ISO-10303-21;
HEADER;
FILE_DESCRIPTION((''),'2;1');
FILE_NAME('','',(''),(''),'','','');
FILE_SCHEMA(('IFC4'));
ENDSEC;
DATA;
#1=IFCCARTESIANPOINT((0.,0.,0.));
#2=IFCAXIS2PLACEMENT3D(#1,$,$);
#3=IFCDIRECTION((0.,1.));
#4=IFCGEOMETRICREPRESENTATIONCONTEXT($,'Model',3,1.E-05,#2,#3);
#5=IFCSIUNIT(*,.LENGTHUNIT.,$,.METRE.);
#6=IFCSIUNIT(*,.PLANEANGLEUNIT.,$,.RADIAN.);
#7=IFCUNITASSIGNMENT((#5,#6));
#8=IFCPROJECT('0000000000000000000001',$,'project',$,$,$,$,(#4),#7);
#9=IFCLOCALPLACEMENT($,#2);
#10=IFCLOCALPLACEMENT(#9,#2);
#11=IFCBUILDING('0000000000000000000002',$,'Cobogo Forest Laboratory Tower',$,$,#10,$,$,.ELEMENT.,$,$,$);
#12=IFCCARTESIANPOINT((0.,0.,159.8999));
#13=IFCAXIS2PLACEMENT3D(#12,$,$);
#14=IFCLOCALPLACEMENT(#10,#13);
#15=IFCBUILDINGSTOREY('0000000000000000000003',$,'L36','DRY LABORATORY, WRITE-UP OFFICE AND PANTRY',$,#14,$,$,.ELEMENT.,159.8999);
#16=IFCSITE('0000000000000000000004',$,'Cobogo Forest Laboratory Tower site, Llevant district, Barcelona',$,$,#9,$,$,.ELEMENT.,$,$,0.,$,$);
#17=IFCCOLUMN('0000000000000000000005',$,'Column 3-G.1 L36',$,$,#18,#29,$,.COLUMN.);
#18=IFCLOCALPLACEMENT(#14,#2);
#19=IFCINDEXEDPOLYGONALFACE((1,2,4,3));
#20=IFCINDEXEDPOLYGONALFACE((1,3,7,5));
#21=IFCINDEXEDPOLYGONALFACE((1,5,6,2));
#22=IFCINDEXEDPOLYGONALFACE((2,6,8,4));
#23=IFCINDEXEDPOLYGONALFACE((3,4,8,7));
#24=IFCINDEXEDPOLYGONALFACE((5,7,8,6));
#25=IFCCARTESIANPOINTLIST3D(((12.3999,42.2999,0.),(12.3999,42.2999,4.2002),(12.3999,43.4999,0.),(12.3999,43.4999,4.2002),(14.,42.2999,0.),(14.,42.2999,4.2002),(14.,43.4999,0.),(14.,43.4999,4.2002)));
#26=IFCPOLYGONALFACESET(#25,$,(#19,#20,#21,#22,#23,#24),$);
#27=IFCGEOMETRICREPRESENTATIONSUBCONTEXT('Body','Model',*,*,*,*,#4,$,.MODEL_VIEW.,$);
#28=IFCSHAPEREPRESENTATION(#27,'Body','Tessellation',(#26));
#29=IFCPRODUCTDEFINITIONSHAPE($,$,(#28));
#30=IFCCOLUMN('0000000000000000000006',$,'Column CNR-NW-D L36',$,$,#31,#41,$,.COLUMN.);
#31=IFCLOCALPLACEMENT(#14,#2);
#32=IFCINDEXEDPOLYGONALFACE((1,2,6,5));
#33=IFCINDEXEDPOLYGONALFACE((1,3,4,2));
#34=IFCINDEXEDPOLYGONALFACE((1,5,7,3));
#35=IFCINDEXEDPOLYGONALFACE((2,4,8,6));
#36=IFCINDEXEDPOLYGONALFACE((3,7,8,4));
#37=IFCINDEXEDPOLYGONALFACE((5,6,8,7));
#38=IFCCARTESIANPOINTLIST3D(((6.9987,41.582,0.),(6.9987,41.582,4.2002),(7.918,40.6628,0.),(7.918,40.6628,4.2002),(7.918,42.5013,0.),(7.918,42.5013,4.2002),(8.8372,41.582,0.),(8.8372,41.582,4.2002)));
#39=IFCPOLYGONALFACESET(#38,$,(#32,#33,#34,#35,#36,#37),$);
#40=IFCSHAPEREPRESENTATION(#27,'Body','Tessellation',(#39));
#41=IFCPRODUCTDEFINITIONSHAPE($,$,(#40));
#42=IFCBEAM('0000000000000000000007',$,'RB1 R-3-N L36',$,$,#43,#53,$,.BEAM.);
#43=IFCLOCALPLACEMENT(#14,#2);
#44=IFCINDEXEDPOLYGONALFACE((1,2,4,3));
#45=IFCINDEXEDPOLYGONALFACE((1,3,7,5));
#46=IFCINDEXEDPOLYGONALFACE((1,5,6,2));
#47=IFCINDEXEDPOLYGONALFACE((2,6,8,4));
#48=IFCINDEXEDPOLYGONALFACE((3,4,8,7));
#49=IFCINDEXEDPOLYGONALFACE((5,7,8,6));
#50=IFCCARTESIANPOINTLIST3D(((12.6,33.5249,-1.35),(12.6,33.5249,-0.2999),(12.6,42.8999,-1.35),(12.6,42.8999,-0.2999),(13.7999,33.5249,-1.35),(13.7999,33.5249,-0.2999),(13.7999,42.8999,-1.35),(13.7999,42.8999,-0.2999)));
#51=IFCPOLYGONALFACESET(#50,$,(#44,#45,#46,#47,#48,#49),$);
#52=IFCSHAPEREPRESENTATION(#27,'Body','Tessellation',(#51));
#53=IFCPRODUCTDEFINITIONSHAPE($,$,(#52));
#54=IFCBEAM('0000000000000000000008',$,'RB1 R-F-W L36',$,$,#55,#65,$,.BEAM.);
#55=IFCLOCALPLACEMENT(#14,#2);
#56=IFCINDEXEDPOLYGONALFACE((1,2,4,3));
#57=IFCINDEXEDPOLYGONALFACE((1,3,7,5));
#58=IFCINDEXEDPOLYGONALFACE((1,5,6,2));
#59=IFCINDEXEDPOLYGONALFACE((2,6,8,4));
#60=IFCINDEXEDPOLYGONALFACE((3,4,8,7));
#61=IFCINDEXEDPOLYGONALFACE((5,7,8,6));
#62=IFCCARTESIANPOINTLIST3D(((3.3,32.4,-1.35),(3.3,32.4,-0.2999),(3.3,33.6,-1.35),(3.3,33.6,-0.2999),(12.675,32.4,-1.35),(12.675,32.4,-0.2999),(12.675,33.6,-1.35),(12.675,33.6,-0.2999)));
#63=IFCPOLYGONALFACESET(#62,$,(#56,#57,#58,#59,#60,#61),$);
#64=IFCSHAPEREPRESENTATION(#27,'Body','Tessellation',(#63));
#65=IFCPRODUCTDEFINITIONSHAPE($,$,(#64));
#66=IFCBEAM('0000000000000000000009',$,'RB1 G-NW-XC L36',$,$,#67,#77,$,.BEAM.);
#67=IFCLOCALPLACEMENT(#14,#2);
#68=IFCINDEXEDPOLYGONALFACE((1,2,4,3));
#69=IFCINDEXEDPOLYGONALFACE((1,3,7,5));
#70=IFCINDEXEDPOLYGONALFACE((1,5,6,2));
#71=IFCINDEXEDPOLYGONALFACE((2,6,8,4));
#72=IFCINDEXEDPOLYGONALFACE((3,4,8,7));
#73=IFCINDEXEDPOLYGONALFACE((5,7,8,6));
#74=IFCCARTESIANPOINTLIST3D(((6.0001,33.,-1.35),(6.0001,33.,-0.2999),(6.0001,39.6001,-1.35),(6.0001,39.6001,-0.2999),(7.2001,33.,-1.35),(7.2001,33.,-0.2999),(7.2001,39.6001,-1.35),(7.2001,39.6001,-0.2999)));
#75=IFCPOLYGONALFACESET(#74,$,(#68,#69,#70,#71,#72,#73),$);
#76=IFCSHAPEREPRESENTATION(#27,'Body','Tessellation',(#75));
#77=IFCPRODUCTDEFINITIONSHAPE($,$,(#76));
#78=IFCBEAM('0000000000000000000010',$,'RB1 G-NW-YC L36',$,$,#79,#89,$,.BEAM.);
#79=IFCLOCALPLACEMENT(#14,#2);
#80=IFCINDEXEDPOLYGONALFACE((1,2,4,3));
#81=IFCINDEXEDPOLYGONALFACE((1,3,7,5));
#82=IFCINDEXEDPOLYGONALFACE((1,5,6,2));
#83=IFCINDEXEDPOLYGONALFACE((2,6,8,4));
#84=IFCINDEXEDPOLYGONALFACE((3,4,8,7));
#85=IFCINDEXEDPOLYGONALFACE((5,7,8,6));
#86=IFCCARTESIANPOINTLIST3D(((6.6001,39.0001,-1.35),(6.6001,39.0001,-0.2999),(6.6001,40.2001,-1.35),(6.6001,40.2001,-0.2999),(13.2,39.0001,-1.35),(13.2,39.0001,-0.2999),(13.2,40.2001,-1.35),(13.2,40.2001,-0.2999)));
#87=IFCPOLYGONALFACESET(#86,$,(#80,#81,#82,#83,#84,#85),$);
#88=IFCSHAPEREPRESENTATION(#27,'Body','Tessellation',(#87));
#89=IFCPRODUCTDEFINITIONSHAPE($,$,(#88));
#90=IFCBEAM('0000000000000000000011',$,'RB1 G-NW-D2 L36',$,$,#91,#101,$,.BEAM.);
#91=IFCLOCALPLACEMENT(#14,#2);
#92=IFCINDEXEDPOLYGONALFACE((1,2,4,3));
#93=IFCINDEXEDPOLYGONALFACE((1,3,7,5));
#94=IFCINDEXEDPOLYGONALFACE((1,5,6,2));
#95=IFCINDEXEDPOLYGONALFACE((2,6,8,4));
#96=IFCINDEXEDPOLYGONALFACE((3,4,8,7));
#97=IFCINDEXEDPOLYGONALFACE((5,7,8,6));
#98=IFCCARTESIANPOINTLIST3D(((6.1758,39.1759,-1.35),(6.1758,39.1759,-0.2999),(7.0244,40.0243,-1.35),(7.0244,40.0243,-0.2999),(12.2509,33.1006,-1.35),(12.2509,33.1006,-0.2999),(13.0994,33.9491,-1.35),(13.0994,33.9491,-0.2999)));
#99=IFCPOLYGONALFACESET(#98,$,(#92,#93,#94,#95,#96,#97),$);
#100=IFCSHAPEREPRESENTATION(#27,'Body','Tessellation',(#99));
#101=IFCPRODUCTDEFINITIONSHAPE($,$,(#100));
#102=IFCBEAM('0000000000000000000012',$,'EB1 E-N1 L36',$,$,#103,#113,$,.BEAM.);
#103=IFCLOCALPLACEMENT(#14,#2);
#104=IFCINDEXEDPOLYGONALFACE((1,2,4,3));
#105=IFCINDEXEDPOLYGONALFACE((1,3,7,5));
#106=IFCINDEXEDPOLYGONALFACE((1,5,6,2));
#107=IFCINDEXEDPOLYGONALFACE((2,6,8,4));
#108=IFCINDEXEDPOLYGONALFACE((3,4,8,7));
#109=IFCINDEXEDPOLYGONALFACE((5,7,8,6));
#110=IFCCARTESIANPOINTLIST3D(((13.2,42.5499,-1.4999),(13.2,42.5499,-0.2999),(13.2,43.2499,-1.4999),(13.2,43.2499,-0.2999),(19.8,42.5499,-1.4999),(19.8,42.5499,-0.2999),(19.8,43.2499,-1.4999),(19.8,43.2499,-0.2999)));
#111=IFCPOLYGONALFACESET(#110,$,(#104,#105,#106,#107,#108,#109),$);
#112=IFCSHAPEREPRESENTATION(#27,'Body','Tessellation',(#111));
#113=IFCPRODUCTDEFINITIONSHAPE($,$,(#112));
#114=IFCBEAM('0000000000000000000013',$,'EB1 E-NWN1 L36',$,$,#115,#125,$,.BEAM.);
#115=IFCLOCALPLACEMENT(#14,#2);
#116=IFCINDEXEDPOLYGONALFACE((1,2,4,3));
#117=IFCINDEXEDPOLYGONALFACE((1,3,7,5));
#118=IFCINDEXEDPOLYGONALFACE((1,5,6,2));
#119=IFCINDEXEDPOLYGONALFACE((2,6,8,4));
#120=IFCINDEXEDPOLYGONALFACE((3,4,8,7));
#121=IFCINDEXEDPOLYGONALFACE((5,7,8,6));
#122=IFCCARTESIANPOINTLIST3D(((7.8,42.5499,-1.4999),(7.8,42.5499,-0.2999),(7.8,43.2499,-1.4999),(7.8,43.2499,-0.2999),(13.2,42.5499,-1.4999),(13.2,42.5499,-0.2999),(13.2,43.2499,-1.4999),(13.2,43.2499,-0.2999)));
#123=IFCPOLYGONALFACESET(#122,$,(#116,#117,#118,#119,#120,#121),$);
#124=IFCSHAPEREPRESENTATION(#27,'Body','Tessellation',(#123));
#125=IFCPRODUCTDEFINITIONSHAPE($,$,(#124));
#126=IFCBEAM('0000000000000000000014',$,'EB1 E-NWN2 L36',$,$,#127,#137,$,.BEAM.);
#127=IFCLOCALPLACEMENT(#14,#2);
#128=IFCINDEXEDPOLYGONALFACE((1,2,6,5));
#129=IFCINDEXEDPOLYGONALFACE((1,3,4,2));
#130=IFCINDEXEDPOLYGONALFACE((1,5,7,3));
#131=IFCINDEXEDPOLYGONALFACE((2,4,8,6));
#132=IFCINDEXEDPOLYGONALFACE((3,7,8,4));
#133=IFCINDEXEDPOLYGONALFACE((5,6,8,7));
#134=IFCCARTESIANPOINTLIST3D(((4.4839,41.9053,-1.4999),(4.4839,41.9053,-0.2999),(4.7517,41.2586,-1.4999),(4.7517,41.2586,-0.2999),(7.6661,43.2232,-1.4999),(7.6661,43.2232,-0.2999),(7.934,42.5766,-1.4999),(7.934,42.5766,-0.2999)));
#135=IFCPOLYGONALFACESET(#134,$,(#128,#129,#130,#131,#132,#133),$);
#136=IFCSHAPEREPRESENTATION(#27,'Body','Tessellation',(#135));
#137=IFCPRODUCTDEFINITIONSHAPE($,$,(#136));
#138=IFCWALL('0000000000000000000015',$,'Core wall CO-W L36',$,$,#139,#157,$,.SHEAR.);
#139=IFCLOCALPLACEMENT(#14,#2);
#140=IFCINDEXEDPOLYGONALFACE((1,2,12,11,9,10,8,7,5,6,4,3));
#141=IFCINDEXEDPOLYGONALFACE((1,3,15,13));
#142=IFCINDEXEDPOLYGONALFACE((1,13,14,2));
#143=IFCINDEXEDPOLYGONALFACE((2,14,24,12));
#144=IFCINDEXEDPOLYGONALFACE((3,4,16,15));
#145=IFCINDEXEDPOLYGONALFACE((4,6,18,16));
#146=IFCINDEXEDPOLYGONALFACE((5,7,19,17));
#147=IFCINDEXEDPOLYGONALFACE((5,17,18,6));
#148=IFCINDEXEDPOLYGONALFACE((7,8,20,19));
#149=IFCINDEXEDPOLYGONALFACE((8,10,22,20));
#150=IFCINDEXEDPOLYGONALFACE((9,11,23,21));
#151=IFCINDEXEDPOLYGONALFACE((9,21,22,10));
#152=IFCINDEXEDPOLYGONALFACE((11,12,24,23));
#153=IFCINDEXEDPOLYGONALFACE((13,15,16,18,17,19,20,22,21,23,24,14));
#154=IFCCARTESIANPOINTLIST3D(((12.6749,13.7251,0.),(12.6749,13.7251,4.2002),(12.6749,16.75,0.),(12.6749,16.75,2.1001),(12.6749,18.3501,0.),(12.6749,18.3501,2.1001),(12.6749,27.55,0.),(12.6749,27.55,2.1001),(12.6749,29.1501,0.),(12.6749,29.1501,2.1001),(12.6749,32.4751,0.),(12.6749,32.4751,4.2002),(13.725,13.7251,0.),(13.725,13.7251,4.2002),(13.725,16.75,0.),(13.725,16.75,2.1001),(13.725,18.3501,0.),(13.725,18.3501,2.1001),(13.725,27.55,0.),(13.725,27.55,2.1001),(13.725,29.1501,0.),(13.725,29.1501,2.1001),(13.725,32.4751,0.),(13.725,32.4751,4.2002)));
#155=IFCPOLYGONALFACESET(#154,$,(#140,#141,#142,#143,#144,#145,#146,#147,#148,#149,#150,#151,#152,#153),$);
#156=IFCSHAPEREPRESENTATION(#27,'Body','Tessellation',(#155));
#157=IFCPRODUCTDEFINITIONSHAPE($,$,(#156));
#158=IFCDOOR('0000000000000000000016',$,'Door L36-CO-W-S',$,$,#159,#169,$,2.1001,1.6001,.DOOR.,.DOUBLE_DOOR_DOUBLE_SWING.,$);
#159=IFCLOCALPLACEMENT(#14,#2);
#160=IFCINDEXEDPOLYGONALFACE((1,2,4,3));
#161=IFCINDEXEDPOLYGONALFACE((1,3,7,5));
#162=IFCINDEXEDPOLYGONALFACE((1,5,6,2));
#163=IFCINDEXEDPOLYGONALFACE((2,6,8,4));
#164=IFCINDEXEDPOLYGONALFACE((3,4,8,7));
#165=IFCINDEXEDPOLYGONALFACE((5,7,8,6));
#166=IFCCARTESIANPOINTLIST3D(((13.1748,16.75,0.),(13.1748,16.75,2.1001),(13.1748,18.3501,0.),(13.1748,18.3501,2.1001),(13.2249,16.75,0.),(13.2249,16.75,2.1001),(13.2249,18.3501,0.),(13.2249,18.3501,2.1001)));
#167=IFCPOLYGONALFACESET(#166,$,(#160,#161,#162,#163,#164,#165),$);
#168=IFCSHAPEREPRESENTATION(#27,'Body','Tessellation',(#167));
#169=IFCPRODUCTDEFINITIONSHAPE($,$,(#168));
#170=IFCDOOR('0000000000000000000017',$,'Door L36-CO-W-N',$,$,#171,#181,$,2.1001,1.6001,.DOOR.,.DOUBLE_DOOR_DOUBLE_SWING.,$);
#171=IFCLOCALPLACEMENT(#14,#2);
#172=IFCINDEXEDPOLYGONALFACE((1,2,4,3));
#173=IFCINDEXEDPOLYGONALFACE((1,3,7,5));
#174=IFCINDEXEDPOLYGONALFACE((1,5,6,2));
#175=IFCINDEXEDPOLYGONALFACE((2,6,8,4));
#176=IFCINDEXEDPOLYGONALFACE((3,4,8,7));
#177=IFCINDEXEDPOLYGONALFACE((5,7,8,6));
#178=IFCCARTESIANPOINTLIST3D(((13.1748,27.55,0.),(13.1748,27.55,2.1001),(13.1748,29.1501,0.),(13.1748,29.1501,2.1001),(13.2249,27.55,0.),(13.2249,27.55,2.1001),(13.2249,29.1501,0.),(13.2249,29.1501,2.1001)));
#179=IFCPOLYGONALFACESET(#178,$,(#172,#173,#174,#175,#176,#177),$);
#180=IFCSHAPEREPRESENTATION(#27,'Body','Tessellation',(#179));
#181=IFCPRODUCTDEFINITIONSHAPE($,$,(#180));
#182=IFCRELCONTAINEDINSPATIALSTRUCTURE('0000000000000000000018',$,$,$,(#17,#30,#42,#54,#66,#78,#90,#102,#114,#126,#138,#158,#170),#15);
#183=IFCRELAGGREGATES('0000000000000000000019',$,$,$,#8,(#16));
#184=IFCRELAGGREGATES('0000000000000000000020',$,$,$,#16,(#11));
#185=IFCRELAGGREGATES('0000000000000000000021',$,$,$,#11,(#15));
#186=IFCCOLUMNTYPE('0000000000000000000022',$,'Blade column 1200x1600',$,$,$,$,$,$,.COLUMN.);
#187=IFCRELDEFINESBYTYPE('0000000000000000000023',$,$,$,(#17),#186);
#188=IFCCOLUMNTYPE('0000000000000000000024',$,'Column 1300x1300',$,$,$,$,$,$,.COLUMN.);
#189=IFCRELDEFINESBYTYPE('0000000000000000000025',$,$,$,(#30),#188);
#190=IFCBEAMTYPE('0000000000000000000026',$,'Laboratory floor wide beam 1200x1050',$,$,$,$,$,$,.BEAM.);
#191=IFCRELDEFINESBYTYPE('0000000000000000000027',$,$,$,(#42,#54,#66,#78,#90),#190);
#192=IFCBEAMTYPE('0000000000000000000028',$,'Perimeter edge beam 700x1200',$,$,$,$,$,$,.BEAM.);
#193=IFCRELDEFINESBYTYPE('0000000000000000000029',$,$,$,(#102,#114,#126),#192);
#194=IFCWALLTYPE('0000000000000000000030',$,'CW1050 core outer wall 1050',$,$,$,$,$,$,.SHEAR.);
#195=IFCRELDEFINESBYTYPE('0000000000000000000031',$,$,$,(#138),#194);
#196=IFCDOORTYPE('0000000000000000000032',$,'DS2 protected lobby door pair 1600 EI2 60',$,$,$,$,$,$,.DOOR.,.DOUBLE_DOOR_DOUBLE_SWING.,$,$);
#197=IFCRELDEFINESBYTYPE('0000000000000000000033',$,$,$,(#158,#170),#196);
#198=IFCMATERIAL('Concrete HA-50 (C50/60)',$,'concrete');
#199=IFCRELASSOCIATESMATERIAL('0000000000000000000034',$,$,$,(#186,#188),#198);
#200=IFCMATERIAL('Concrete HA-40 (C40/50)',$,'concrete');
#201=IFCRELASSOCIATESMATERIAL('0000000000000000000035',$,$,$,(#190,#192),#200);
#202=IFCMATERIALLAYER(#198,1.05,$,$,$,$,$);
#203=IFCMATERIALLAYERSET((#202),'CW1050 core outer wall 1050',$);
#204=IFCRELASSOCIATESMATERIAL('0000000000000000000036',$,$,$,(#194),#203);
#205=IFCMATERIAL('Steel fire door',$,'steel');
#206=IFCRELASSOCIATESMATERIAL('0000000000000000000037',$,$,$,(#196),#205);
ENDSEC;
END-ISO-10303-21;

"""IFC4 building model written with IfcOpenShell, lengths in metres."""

from ifc_helpers import new_model, si_unit, direction, frame, frame_2d, origin, origin_2d, place, context, subcontext, project, spatial, rectangle, extrude, material, layer, layer_set, material_profile, profile_set, type_object, element, fill, save


model = new_model("IFC4")

# Units and contexts
model_context = context("Model", 3, precision=1e-05, world=origin(), true_north=direction((0.0, 1.0)))
body_context = subcontext(model_context, "Body", "Model", "MODEL_VIEW")
ifc_project = project(units=[si_unit("LENGTHUNIT", "METRE"), si_unit("PLANEANGLEUNIT", "RADIAN")], contexts=[model_context])

# Site, building, storey
site_placement = place(None, origin())
site = spatial("IfcSite", under=ifc_project, at=site_placement, Name="Cobogo Forest Laboratory Tower site, Llevant district, Barcelona", CompositionType="ELEMENT", RefElevation=0.0)
building_placement = place(site_placement, origin())
building = spatial("IfcBuilding", under=site, at=building_placement, Name="Cobogo Forest Laboratory Tower", CompositionType="ELEMENT")
storey_placement = place(building_placement, frame((0.0, 0.0, 159.8999)))
storey = spatial("IfcBuildingStorey", under=building, at=storey_placement, Name="L36", Description="DRY LABORATORY, WRITE-UP OFFICE AND PANTRY", CompositionType="ELEMENT", Elevation=159.8999)

# Columns
ifc_material_1 = material(Name="Concrete HA-50 (C50/60)", Category="concrete")
ifc_material_profile_1 = material_profile(ifc_material_1, rectangle(XDim=1.6001, YDim=1.2, at=origin_2d()), Name="RC 1200x1600")
ifc_profile_set_1 = profile_set([ifc_material_profile_1], Name="Concrete HA-50 (C50/60)")
column_type_1 = type_object("IfcColumnType", Name="Blade column 1200x1600", PredefinedType="COLUMN", material=ifc_profile_set_1)
column_1_placement = place(storey_placement, frame((13.2, 42.8999, 0.0), z_axis=(0.0, 0.0, 1.0), x_axis=(1.0, 0.0, 0.0)))
element("IfcColumn", 1, at=column_1_placement, inside=storey, type_object=column_type_1, Name="Column 3-G.1 L36", PredefinedType="COLUMN", context=body_context, shape_type="SweptSolid", body=[
    extrude(rectangle(XDim=1.6001, YDim=1.2, at=origin_2d()), origin(), (0.0, 0.0, 1.0), 4.2002),
])
ifc_material_profile_2 = material_profile(ifc_material_1, rectangle(XDim=1.3, YDim=1.3, at=origin_2d()), Name="RC 1300x1300")
ifc_profile_set_2 = profile_set([ifc_material_profile_2], Name="Concrete HA-50 (C50/60)")
column_type_2 = type_object("IfcColumnType", Name="Column 1300x1300", PredefinedType="COLUMN", material=ifc_profile_set_2)
column_2_placement = place(storey_placement, frame((7.918, 41.582, 0.0), z_axis=(0.0, 0.0, 1.0), x_axis=(0.707107, 0.707107, 0.0)))
element("IfcColumn", 2, at=column_2_placement, inside=storey, type_object=column_type_2, Name="Column CNR-NW-D L36", PredefinedType="COLUMN", context=body_context, shape_type="SweptSolid", body=[
    extrude(rectangle(XDim=1.3, YDim=1.3, at=origin_2d()), origin(), (0.0, 0.0, 1.0), 4.2002),
])

# Beams
ifc_material_2 = material(Name="Concrete HA-40 (C40/50)", Category="concrete")
ifc_material_profile_3 = material_profile(ifc_material_2, rectangle(XDim=1.2, YDim=1.05, at=origin_2d()), Name="RC 1200x1050")
ifc_profile_set_3 = profile_set([ifc_material_profile_3], Name="Concrete HA-40 (C40/50)")
beam_type_1 = type_object("IfcBeamType", Name="Laboratory floor wide beam 1200x1050", PredefinedType="BEAM", material=ifc_profile_set_3)
for number, where, z_axis, x_axis, name in (
    (3, (13.2, 33.5249, -0.825), (0.0, 1.0, 0.0), (-1.0, 0.0, 0.0), "RB1 R-3-N L36"),
    (4, (12.675, 33.0, -0.825), (-1.0, 0.0, 0.0), (0.0, -1.0, 0.0), "RB1 R-F-W L36"),
):
    element("IfcBeam", number, at=place(storey_placement, frame(where, z_axis=z_axis, x_axis=x_axis)), inside=storey, type_object=beam_type_1, Name=name, PredefinedType="BEAM", context=body_context, shape_type="SweptSolid", body=[
        extrude(rectangle(XDim=1.2, YDim=1.05, at=origin_2d()), origin(), (0.0, 0.0, 1.0), 9.375),
    ])
beam_1_placement = place(storey_placement, frame((6.6001, 39.6001, -0.825), z_axis=(0.0, -1.0, 0.0), x_axis=(1.0, 0.0, 0.0)))
element("IfcBeam", 5, at=beam_1_placement, inside=storey, type_object=beam_type_1, Name="RB1 G-NW-XC L36", PredefinedType="BEAM", context=body_context, shape_type="SweptSolid", body=[
    extrude(rectangle(XDim=1.2, YDim=1.05, at=origin_2d()), origin(), (0.0, 0.0, 1.0), 6.6001),
])
beam_2_placement = place(storey_placement, frame((6.6001, 39.6001, -0.825), z_axis=(1.0, 0.0, 0.0), x_axis=(0.0, 1.0, 0.0)))
element("IfcBeam", 6, at=beam_2_placement, inside=storey, type_object=beam_type_1, Name="RB1 G-NW-YC L36", PredefinedType="BEAM", context=body_context, shape_type="SweptSolid", body=[
    extrude(rectangle(XDim=1.2, YDim=1.05, at=origin_2d()), origin(), (0.0, 0.0, 1.0), 6.5999),
])
beam_3_placement = place(storey_placement, frame((6.6001, 39.6001, -0.825), z_axis=(0.707093, -0.707121, 0.0), x_axis=(0.707121, 0.707093, 0.0)))
element("IfcBeam", 7, at=beam_3_placement, inside=storey, type_object=beam_type_1, Name="RB1 G-NW-D2 L36", PredefinedType="BEAM", context=body_context, shape_type="SweptSolid", body=[
    extrude(rectangle(XDim=1.2, YDim=1.05, at=origin_2d()), origin(), (0.0, 0.0, 1.0), 8.5916),
])
ifc_material_profile_4 = material_profile(ifc_material_2, rectangle(XDim=0.7, YDim=1.2, at=origin_2d()), Name="RC 700x1200")
ifc_profile_set_4 = profile_set([ifc_material_profile_4], Name="Concrete HA-40 (C40/50)")
beam_type_2 = type_object("IfcBeamType", Name="Perimeter edge beam 700x1200", PredefinedType="BEAM", material=ifc_profile_set_4)
beam_4_placement = place(storey_placement, frame((13.2, 42.8999, -0.8999), z_axis=(1.0, 0.0, 0.0), x_axis=(0.0, 1.0, 0.0)))
element("IfcBeam", 8, at=beam_4_placement, inside=storey, type_object=beam_type_2, Name="EB1 E-N1 L36", PredefinedType="BEAM", context=body_context, shape_type="SweptSolid", body=[
    extrude(rectangle(XDim=0.7, YDim=1.2, at=origin_2d()), origin(), (0.0, 0.0, 1.0), 6.6001),
])
beam_5_placement = place(storey_placement, frame((13.2, 42.8999, -0.8999), z_axis=(-1.0, 0.0, 0.0), x_axis=(0.0, -1.0, 0.0)))
element("IfcBeam", 9, at=beam_5_placement, inside=storey, type_object=beam_type_2, Name="EB1 E-NWN1 L36", PredefinedType="BEAM", context=body_context, shape_type="SweptSolid", body=[
    extrude(rectangle(XDim=0.7, YDim=1.2, at=origin_2d()), origin(), (0.0, 0.0, 1.0), 5.3999),
])
beam_6_placement = place(storey_placement, frame((7.8, 42.8999, -0.8999), z_axis=(-0.923901, -0.382631, 0.0), x_axis=(0.382631, -0.923901, 0.0)))
element("IfcBeam", 10, at=beam_6_placement, inside=storey, type_object=beam_type_2, Name="EB1 E-NWN2 L36", PredefinedType="BEAM", context=body_context, shape_type="SweptSolid", body=[
    extrude(rectangle(XDim=0.7, YDim=1.2, at=origin_2d()), origin(), (0.0, 0.0, 1.0), 3.4443),
])

# Wall, openings, doors
ifc_layer_1 = layer(ifc_material_1, 1.05)
ifc_layer_set_1 = layer_set([ifc_layer_1], Name="CW1050 core outer wall 1050")
wall_type_1 = type_object("IfcWallType", Name="CW1050 core outer wall 1050", PredefinedType="SHEAR", material=ifc_layer_set_1)
wall_1_placement = place(storey_placement, frame((13.2, 32.4751, 0.0), z_axis=(0.0, 0.0, 1.0), x_axis=(0.0, -1.0, 0.0)))
wall_1 = element("IfcWall", 11, at=wall_1_placement, inside=storey, type_object=wall_type_1, Name="Core wall CO-W L36", PredefinedType="SHEAR", context=body_context, shape_type="SweptSolid", body=[
    extrude(rectangle(XDim=18.75, YDim=1.05, at=frame_2d((9.375, 0.0))), origin(), (0.0, 0.0, 1.0), 4.2002),
])
opening_1_placement = place(wall_1_placement, frame((14.125, 0.0, 0.0)))
opening_1 = element("IfcOpeningElement", 12, at=opening_1_placement, cuts=wall_1, PredefinedType="OPENING", context=body_context, shape_type="SweptSolid", body=[
    extrude(rectangle(XDim=1.6001, YDim=2.1001, at=frame_2d((0.8, 1.05))), frame((0.0, 0.5349, 0.0), z_axis=(0.0, -1.0, 0.0), x_axis=(1.0, 0.0, 0.0)), (0.0, 0.0, 1.0), 1.0701),
])
opening_2_placement = place(wall_1_placement, frame((3.325, 0.0, 0.0)))
opening_2 = element("IfcOpeningElement", 13, at=opening_2_placement, cuts=wall_1, PredefinedType="OPENING", context=body_context, shape_type="SweptSolid", body=[
    extrude(rectangle(XDim=1.6001, YDim=2.1001, at=frame_2d((0.8, 1.05))), frame((0.0, 0.5349, 0.0), z_axis=(0.0, -1.0, 0.0), x_axis=(1.0, 0.0, 0.0)), (0.0, 0.0, 1.0), 1.0701),
])
ifc_material_3 = material(Name="Steel fire door", Category="steel")
door_type_1 = type_object("IfcDoorType", Name="DS2 protected lobby door pair 1600 EI2 60", OperationType="DOUBLE_DOOR_DOUBLE_SWING", PredefinedType="DOOR", material=ifc_material_3)
door_1_placement = place(opening_1_placement, origin())
door_1 = element("IfcDoor", 14, at=door_1_placement, inside=storey, type_object=door_type_1, Name="Door L36-CO-W-S", OperationType="DOUBLE_DOOR_DOUBLE_SWING", OverallHeight=2.1001, OverallWidth=1.6001, PredefinedType="DOOR", context=body_context, shape_type="SweptSolid", body=[
    extrude(rectangle(XDim=1.6001, YDim=2.1001, at=frame_2d((0.8, 1.05))), frame((0.0, 0.0249, 0.0), z_axis=(0.0, -1.0, 0.0), x_axis=(1.0, 0.0, 0.0)), (0.0, 0.0, 1.0), 0.05),
])
fill(opening_1, door_1)
door_2_placement = place(opening_2_placement, origin())
door_2 = element("IfcDoor", 15, at=door_2_placement, inside=storey, type_object=door_type_1, Name="Door L36-CO-W-N", OperationType="DOUBLE_DOOR_DOUBLE_SWING", OverallHeight=2.1001, OverallWidth=1.6001, PredefinedType="DOOR", context=body_context, shape_type="SweptSolid", body=[
    extrude(rectangle(XDim=1.6001, YDim=2.1001, at=frame_2d((0.8, 1.05))), frame((0.0, 0.0249, 0.0), z_axis=(0.0, -1.0, 0.0), x_axis=(1.0, 0.0, 0.0)), (0.0, 0.0, 1.0), 0.05),
])
fill(opening_2, door_2)

save(model, "model.ifc")
